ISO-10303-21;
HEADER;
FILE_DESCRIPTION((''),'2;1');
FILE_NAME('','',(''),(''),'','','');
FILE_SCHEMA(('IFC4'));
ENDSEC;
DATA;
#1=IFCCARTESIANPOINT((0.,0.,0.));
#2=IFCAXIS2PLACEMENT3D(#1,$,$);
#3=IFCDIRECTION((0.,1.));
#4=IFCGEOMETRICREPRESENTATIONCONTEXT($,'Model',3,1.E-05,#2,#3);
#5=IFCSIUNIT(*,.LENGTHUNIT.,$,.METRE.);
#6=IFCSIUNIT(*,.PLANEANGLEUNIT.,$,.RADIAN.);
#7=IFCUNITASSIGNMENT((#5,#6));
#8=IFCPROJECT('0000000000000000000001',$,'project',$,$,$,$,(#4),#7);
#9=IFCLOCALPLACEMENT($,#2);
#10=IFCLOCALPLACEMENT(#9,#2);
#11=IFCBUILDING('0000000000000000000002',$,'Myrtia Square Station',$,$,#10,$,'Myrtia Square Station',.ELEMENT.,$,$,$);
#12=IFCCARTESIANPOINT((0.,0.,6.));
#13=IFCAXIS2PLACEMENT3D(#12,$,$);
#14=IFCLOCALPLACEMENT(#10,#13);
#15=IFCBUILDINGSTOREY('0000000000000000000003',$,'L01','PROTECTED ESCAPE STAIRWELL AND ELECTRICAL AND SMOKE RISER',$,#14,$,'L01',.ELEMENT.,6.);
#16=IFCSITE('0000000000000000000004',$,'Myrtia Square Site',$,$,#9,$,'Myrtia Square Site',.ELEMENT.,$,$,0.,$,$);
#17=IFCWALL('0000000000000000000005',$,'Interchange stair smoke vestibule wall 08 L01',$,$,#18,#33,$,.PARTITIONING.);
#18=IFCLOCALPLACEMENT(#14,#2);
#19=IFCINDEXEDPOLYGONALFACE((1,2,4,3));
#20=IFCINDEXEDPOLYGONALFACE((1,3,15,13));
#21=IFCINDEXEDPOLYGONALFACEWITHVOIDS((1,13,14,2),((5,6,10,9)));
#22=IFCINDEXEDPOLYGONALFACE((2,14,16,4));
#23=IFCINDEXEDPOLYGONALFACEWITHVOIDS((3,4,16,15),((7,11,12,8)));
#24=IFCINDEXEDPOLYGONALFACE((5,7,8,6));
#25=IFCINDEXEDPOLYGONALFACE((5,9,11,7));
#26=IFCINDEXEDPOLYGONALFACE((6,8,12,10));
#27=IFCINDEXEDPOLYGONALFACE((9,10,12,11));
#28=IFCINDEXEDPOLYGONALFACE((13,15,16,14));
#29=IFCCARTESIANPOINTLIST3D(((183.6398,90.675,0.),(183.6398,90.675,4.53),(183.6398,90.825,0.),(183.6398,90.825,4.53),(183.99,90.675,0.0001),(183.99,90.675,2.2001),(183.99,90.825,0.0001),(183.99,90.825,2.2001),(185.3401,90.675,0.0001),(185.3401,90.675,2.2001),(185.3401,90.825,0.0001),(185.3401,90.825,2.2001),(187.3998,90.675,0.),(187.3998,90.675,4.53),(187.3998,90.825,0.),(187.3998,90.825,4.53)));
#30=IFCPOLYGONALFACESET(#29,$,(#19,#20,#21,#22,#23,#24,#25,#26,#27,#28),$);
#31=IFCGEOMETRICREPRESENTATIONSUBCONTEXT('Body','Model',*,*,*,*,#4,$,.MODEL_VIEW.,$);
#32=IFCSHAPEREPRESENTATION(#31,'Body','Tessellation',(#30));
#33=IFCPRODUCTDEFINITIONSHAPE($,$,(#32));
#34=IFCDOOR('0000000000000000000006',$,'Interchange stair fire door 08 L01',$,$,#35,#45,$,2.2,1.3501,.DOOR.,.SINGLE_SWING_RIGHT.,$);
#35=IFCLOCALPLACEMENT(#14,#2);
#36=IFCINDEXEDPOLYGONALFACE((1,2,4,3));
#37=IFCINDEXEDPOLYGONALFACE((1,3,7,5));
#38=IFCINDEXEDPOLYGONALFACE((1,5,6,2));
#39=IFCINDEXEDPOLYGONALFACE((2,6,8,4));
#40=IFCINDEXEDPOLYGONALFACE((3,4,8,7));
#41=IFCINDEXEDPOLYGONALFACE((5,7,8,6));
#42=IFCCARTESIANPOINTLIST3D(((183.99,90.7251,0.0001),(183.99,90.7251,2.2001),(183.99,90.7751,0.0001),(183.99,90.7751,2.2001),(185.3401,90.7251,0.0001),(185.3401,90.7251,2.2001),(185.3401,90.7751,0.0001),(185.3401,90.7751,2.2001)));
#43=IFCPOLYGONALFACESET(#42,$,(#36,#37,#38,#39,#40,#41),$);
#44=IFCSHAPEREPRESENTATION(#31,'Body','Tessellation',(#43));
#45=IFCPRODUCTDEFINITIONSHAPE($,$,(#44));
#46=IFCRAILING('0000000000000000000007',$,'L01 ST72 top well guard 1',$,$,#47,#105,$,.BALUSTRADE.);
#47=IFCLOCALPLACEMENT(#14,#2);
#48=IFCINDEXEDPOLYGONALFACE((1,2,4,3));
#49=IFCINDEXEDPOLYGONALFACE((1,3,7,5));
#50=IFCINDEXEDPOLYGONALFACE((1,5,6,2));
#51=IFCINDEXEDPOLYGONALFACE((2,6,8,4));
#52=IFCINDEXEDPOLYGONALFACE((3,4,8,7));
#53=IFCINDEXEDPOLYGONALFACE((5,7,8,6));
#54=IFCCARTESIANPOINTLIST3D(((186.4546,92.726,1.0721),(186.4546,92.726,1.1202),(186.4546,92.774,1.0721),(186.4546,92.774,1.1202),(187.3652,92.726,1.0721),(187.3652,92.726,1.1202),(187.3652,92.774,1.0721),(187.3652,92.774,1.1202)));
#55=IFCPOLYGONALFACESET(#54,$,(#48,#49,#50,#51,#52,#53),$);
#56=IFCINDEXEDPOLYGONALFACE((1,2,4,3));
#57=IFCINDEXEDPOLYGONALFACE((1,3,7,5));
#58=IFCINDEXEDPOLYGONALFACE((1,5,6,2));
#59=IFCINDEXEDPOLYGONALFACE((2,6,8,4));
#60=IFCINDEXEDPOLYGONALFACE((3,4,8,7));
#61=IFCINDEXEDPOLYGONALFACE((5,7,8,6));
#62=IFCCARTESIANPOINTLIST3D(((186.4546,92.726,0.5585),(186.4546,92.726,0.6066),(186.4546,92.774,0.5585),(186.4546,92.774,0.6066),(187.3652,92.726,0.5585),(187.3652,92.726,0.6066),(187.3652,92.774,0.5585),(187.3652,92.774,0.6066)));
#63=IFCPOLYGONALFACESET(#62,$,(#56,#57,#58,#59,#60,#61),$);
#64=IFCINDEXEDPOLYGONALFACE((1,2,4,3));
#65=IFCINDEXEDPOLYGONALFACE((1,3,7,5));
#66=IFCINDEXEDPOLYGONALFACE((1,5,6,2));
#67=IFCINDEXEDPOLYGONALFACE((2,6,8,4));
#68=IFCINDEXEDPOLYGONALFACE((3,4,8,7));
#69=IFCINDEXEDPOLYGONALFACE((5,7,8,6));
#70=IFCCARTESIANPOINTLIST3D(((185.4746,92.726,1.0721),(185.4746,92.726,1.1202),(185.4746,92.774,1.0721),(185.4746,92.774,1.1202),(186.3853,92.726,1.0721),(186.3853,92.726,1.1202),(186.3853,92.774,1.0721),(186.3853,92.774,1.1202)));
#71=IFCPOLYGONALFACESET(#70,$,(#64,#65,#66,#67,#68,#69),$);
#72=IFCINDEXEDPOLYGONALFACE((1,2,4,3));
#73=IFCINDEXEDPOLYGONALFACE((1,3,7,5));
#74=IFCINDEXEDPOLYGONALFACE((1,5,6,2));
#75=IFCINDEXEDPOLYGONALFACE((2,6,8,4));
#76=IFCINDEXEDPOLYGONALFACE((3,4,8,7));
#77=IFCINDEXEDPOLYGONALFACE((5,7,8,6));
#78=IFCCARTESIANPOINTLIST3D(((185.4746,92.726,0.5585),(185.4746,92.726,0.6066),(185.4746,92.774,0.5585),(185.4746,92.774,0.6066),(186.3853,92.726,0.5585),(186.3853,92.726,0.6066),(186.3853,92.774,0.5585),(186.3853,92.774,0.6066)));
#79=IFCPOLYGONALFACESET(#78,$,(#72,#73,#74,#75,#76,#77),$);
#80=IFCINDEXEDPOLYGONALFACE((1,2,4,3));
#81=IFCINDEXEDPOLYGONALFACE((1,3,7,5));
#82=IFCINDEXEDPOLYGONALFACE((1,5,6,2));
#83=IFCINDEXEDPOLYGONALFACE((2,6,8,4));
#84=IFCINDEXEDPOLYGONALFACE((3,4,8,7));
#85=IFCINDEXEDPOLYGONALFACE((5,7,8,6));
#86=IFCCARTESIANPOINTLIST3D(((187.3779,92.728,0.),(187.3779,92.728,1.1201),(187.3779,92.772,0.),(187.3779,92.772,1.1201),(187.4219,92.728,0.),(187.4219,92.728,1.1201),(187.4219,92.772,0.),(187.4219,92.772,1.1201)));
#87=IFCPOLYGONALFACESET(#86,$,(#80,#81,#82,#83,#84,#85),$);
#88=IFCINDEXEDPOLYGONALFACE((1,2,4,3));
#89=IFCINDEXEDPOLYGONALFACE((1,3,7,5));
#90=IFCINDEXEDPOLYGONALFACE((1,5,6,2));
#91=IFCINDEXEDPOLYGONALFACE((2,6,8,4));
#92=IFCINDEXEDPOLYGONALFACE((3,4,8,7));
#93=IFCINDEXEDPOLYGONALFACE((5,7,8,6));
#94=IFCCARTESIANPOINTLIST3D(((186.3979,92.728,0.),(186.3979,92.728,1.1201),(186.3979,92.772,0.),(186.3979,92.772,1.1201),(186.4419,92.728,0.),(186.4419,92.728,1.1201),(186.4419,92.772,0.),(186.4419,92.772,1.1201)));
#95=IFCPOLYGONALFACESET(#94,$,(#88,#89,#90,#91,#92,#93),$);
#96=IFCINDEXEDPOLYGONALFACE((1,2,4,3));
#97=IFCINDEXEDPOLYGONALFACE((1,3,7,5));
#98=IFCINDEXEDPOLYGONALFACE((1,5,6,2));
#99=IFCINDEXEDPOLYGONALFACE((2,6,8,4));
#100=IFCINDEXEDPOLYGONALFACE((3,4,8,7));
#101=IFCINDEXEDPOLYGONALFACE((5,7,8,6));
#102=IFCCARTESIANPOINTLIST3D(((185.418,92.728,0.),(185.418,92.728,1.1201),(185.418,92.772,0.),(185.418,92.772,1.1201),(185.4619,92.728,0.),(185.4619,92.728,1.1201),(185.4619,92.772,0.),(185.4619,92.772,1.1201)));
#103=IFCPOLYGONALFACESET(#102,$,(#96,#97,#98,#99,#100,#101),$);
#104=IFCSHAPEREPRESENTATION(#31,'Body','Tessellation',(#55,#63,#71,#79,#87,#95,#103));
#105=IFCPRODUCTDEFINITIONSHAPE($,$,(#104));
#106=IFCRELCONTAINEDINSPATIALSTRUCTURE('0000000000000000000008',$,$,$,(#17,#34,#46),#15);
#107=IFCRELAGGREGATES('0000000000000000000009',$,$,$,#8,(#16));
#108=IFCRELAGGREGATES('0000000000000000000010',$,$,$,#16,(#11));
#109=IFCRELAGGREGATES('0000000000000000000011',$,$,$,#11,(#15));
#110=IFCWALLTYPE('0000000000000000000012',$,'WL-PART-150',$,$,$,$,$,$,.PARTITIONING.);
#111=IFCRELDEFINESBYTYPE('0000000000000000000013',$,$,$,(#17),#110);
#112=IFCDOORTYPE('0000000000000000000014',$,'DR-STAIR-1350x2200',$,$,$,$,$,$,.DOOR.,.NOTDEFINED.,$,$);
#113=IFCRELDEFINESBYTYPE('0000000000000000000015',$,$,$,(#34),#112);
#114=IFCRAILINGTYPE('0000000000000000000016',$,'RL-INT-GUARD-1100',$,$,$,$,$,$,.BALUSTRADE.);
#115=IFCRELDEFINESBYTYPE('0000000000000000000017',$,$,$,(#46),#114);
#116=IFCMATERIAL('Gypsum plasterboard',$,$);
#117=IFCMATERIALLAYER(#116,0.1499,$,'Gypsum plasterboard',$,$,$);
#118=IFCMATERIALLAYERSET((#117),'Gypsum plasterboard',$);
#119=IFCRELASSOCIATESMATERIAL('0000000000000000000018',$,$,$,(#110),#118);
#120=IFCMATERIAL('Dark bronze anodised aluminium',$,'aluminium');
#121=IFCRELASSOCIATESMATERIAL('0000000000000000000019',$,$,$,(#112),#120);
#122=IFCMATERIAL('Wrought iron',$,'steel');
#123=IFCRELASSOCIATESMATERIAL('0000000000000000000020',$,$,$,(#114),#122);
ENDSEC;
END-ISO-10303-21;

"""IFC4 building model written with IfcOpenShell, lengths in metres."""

from ifc_helpers import new_model, si_unit, direction, frame, frame_2d, origin, origin_2d, place, context, subcontext, project, spatial, rectangle, extrude, material, layer, layer_set, type_object, element, fill, save


model = new_model("IFC4")

# Units and contexts
model_context = context("Model", 3, precision=1e-05, world=origin(), true_north=direction((0.0, 1.0)))
body_context = subcontext(model_context, "Body", "Model", "MODEL_VIEW")
ifc_project = project(units=[si_unit("LENGTHUNIT", "METRE"), si_unit("PLANEANGLEUNIT", "RADIAN")], contexts=[model_context])

# Site, building, storey
site_placement = place(None, origin())
site = spatial("IfcSite", under=ifc_project, at=site_placement, Name="Myrtia Square Site", LongName="Myrtia Square Site", CompositionType="ELEMENT", RefElevation=0.0)
building_placement = place(site_placement, origin())
building = spatial("IfcBuilding", under=site, at=building_placement, Name="Myrtia Square Station", LongName="Myrtia Square Station", CompositionType="ELEMENT")
storey_placement = place(building_placement, frame((0.0, 0.0, 6.0)))
storey = spatial("IfcBuildingStorey", under=building, at=storey_placement, Name="L01", Description="PROTECTED ESCAPE STAIRWELL AND ELECTRICAL AND SMOKE RISER", LongName="L01", CompositionType="ELEMENT", Elevation=6.0)

# Shared definitions
ifc_material_1 = material(Name="Dark bronze anodised aluminium", Category="aluminium")

# Wall, opening, door
ifc_material_2 = material(Name="Gypsum plasterboard")
ifc_layer_1 = layer(ifc_material_2, 0.1499, Name="Gypsum plasterboard")
ifc_layer_set_1 = layer_set([ifc_layer_1], Name="Gypsum plasterboard")
wall_type_1 = type_object("IfcWallType", Name="WL-PART-150", PredefinedType="PARTITIONING", material=ifc_layer_set_1)
wall_1_placement = place(storey_placement, frame((183.6399, 90.75, 0.0), z_axis=(0.0, 0.0, 1.0), x_axis=(1.0, 0.0, 0.0)))
wall_1 = element("IfcWall", 1, at=wall_1_placement, inside=storey, type_object=wall_type_1, Name="Interchange stair smoke vestibule wall 08 L01", PredefinedType="PARTITIONING", context=body_context, shape_type="SweptSolid", body=[
    extrude(rectangle(XDim=3.76, YDim=0.1499, at=frame_2d((1.8799, 0.0))), origin(), (0.0, 0.0, 1.0), 4.53),
])
opening_1_placement = place(wall_1_placement, frame((0.3501, 0.0, 0.0)))
opening_1 = element("IfcOpeningElement", 2, at=opening_1_placement, cuts=wall_1, PredefinedType="OPENING", context=body_context, shape_type="SweptSolid", body=[
    extrude(rectangle(XDim=1.3501, YDim=2.2, at=frame_2d((0.675, 1.1001))), frame((0.0, 0.0898, 0.0), z_axis=(0.0, -1.0, 0.0), x_axis=(1.0, 0.0, 0.0)), (0.0, 0.0, 1.0), 0.1799),
])
door_type = type_object("IfcDoorType", Name="DR-STAIR-1350x2200", OperationType="NOTDEFINED", PredefinedType="DOOR", material=ifc_material_1)
door_placement = place(opening_1_placement, frame((1.3501, 0.0, 0.0), z_axis=(0.0, 0.0, 1.0), x_axis=(-1.0, 0.0, 0.0)))
door = element("IfcDoor", 3, at=door_placement, inside=storey, type_object=door_type, Name="Interchange stair fire door 08 L01", OperationType="SINGLE_SWING_RIGHT", OverallHeight=2.2, OverallWidth=1.3501, PredefinedType="DOOR", context=body_context, shape_type="SweptSolid", body=[
    extrude(rectangle(XDim=1.3501, YDim=2.2, at=frame_2d((0.675, 1.1001))), frame((0.0, 0.0249, 0.0), z_axis=(0.0, -1.0, 0.0), x_axis=(1.0, 0.0, 0.0)), (0.0, 0.0, 1.0), 0.05),
])
fill(opening_1, door)

# Railing
ifc_material_3 = material(Name="Wrought iron", Category="steel")
railing_type = type_object("IfcRailingType", Name="RL-INT-GUARD-1100", PredefinedType="BALUSTRADE", material=ifc_material_3)
railing_1_placement = place(storey_placement, frame((187.3999, 92.75, 0.0)))
element("IfcRailing", 4, at=railing_1_placement, inside=storey, type_object=railing_type, Name="L01 ST72 top well guard 1", PredefinedType="BALUSTRADE", context=body_context, shape_type="SweptSolid", body=[
    extrude(rectangle(XDim=0.0481, YDim=0.0481, at=origin_2d()), frame((-0.0347, 0.0, 1.0962), z_axis=(-1.0, 0.0, 0.0), x_axis=(0.0, -1.0, 0.0)), (0.0, 0.0, 1.0), 0.9106),
    extrude(rectangle(XDim=0.0481, YDim=0.0481, at=origin_2d()), frame((-0.0347, 0.0, 0.5825), z_axis=(-1.0, 0.0, 0.0), x_axis=(0.0, -1.0, 0.0)), (0.0, 0.0, 1.0), 0.9106),
    extrude(rectangle(XDim=0.0481, YDim=0.0481, at=origin_2d()), frame((-1.0146, 0.0, 1.0962), z_axis=(-1.0, 0.0, 0.0), x_axis=(0.0, -1.0, 0.0)), (0.0, 0.0, 1.0), 0.9106),
    extrude(rectangle(XDim=0.0481, YDim=0.0481, at=origin_2d()), frame((-1.0146, 0.0, 0.5825), z_axis=(-1.0, 0.0, 0.0), x_axis=(0.0, -1.0, 0.0)), (0.0, 0.0, 1.0), 0.9106),
    extrude(rectangle(XDim=0.0439, YDim=0.0439, at=origin_2d()), origin(), (0.0, 0.0, 1.0), 1.1201),
    extrude(rectangle(XDim=0.0439, YDim=0.0439, at=origin_2d()), frame((-0.98, 0.0, 0.0)), (0.0, 0.0, 1.0), 1.1201),
    extrude(rectangle(XDim=0.0439, YDim=0.0439, at=origin_2d()), frame((-1.96, 0.0, 0.0)), (0.0, 0.0, 1.0), 1.1201),
])

save(model, "model.ifc")
